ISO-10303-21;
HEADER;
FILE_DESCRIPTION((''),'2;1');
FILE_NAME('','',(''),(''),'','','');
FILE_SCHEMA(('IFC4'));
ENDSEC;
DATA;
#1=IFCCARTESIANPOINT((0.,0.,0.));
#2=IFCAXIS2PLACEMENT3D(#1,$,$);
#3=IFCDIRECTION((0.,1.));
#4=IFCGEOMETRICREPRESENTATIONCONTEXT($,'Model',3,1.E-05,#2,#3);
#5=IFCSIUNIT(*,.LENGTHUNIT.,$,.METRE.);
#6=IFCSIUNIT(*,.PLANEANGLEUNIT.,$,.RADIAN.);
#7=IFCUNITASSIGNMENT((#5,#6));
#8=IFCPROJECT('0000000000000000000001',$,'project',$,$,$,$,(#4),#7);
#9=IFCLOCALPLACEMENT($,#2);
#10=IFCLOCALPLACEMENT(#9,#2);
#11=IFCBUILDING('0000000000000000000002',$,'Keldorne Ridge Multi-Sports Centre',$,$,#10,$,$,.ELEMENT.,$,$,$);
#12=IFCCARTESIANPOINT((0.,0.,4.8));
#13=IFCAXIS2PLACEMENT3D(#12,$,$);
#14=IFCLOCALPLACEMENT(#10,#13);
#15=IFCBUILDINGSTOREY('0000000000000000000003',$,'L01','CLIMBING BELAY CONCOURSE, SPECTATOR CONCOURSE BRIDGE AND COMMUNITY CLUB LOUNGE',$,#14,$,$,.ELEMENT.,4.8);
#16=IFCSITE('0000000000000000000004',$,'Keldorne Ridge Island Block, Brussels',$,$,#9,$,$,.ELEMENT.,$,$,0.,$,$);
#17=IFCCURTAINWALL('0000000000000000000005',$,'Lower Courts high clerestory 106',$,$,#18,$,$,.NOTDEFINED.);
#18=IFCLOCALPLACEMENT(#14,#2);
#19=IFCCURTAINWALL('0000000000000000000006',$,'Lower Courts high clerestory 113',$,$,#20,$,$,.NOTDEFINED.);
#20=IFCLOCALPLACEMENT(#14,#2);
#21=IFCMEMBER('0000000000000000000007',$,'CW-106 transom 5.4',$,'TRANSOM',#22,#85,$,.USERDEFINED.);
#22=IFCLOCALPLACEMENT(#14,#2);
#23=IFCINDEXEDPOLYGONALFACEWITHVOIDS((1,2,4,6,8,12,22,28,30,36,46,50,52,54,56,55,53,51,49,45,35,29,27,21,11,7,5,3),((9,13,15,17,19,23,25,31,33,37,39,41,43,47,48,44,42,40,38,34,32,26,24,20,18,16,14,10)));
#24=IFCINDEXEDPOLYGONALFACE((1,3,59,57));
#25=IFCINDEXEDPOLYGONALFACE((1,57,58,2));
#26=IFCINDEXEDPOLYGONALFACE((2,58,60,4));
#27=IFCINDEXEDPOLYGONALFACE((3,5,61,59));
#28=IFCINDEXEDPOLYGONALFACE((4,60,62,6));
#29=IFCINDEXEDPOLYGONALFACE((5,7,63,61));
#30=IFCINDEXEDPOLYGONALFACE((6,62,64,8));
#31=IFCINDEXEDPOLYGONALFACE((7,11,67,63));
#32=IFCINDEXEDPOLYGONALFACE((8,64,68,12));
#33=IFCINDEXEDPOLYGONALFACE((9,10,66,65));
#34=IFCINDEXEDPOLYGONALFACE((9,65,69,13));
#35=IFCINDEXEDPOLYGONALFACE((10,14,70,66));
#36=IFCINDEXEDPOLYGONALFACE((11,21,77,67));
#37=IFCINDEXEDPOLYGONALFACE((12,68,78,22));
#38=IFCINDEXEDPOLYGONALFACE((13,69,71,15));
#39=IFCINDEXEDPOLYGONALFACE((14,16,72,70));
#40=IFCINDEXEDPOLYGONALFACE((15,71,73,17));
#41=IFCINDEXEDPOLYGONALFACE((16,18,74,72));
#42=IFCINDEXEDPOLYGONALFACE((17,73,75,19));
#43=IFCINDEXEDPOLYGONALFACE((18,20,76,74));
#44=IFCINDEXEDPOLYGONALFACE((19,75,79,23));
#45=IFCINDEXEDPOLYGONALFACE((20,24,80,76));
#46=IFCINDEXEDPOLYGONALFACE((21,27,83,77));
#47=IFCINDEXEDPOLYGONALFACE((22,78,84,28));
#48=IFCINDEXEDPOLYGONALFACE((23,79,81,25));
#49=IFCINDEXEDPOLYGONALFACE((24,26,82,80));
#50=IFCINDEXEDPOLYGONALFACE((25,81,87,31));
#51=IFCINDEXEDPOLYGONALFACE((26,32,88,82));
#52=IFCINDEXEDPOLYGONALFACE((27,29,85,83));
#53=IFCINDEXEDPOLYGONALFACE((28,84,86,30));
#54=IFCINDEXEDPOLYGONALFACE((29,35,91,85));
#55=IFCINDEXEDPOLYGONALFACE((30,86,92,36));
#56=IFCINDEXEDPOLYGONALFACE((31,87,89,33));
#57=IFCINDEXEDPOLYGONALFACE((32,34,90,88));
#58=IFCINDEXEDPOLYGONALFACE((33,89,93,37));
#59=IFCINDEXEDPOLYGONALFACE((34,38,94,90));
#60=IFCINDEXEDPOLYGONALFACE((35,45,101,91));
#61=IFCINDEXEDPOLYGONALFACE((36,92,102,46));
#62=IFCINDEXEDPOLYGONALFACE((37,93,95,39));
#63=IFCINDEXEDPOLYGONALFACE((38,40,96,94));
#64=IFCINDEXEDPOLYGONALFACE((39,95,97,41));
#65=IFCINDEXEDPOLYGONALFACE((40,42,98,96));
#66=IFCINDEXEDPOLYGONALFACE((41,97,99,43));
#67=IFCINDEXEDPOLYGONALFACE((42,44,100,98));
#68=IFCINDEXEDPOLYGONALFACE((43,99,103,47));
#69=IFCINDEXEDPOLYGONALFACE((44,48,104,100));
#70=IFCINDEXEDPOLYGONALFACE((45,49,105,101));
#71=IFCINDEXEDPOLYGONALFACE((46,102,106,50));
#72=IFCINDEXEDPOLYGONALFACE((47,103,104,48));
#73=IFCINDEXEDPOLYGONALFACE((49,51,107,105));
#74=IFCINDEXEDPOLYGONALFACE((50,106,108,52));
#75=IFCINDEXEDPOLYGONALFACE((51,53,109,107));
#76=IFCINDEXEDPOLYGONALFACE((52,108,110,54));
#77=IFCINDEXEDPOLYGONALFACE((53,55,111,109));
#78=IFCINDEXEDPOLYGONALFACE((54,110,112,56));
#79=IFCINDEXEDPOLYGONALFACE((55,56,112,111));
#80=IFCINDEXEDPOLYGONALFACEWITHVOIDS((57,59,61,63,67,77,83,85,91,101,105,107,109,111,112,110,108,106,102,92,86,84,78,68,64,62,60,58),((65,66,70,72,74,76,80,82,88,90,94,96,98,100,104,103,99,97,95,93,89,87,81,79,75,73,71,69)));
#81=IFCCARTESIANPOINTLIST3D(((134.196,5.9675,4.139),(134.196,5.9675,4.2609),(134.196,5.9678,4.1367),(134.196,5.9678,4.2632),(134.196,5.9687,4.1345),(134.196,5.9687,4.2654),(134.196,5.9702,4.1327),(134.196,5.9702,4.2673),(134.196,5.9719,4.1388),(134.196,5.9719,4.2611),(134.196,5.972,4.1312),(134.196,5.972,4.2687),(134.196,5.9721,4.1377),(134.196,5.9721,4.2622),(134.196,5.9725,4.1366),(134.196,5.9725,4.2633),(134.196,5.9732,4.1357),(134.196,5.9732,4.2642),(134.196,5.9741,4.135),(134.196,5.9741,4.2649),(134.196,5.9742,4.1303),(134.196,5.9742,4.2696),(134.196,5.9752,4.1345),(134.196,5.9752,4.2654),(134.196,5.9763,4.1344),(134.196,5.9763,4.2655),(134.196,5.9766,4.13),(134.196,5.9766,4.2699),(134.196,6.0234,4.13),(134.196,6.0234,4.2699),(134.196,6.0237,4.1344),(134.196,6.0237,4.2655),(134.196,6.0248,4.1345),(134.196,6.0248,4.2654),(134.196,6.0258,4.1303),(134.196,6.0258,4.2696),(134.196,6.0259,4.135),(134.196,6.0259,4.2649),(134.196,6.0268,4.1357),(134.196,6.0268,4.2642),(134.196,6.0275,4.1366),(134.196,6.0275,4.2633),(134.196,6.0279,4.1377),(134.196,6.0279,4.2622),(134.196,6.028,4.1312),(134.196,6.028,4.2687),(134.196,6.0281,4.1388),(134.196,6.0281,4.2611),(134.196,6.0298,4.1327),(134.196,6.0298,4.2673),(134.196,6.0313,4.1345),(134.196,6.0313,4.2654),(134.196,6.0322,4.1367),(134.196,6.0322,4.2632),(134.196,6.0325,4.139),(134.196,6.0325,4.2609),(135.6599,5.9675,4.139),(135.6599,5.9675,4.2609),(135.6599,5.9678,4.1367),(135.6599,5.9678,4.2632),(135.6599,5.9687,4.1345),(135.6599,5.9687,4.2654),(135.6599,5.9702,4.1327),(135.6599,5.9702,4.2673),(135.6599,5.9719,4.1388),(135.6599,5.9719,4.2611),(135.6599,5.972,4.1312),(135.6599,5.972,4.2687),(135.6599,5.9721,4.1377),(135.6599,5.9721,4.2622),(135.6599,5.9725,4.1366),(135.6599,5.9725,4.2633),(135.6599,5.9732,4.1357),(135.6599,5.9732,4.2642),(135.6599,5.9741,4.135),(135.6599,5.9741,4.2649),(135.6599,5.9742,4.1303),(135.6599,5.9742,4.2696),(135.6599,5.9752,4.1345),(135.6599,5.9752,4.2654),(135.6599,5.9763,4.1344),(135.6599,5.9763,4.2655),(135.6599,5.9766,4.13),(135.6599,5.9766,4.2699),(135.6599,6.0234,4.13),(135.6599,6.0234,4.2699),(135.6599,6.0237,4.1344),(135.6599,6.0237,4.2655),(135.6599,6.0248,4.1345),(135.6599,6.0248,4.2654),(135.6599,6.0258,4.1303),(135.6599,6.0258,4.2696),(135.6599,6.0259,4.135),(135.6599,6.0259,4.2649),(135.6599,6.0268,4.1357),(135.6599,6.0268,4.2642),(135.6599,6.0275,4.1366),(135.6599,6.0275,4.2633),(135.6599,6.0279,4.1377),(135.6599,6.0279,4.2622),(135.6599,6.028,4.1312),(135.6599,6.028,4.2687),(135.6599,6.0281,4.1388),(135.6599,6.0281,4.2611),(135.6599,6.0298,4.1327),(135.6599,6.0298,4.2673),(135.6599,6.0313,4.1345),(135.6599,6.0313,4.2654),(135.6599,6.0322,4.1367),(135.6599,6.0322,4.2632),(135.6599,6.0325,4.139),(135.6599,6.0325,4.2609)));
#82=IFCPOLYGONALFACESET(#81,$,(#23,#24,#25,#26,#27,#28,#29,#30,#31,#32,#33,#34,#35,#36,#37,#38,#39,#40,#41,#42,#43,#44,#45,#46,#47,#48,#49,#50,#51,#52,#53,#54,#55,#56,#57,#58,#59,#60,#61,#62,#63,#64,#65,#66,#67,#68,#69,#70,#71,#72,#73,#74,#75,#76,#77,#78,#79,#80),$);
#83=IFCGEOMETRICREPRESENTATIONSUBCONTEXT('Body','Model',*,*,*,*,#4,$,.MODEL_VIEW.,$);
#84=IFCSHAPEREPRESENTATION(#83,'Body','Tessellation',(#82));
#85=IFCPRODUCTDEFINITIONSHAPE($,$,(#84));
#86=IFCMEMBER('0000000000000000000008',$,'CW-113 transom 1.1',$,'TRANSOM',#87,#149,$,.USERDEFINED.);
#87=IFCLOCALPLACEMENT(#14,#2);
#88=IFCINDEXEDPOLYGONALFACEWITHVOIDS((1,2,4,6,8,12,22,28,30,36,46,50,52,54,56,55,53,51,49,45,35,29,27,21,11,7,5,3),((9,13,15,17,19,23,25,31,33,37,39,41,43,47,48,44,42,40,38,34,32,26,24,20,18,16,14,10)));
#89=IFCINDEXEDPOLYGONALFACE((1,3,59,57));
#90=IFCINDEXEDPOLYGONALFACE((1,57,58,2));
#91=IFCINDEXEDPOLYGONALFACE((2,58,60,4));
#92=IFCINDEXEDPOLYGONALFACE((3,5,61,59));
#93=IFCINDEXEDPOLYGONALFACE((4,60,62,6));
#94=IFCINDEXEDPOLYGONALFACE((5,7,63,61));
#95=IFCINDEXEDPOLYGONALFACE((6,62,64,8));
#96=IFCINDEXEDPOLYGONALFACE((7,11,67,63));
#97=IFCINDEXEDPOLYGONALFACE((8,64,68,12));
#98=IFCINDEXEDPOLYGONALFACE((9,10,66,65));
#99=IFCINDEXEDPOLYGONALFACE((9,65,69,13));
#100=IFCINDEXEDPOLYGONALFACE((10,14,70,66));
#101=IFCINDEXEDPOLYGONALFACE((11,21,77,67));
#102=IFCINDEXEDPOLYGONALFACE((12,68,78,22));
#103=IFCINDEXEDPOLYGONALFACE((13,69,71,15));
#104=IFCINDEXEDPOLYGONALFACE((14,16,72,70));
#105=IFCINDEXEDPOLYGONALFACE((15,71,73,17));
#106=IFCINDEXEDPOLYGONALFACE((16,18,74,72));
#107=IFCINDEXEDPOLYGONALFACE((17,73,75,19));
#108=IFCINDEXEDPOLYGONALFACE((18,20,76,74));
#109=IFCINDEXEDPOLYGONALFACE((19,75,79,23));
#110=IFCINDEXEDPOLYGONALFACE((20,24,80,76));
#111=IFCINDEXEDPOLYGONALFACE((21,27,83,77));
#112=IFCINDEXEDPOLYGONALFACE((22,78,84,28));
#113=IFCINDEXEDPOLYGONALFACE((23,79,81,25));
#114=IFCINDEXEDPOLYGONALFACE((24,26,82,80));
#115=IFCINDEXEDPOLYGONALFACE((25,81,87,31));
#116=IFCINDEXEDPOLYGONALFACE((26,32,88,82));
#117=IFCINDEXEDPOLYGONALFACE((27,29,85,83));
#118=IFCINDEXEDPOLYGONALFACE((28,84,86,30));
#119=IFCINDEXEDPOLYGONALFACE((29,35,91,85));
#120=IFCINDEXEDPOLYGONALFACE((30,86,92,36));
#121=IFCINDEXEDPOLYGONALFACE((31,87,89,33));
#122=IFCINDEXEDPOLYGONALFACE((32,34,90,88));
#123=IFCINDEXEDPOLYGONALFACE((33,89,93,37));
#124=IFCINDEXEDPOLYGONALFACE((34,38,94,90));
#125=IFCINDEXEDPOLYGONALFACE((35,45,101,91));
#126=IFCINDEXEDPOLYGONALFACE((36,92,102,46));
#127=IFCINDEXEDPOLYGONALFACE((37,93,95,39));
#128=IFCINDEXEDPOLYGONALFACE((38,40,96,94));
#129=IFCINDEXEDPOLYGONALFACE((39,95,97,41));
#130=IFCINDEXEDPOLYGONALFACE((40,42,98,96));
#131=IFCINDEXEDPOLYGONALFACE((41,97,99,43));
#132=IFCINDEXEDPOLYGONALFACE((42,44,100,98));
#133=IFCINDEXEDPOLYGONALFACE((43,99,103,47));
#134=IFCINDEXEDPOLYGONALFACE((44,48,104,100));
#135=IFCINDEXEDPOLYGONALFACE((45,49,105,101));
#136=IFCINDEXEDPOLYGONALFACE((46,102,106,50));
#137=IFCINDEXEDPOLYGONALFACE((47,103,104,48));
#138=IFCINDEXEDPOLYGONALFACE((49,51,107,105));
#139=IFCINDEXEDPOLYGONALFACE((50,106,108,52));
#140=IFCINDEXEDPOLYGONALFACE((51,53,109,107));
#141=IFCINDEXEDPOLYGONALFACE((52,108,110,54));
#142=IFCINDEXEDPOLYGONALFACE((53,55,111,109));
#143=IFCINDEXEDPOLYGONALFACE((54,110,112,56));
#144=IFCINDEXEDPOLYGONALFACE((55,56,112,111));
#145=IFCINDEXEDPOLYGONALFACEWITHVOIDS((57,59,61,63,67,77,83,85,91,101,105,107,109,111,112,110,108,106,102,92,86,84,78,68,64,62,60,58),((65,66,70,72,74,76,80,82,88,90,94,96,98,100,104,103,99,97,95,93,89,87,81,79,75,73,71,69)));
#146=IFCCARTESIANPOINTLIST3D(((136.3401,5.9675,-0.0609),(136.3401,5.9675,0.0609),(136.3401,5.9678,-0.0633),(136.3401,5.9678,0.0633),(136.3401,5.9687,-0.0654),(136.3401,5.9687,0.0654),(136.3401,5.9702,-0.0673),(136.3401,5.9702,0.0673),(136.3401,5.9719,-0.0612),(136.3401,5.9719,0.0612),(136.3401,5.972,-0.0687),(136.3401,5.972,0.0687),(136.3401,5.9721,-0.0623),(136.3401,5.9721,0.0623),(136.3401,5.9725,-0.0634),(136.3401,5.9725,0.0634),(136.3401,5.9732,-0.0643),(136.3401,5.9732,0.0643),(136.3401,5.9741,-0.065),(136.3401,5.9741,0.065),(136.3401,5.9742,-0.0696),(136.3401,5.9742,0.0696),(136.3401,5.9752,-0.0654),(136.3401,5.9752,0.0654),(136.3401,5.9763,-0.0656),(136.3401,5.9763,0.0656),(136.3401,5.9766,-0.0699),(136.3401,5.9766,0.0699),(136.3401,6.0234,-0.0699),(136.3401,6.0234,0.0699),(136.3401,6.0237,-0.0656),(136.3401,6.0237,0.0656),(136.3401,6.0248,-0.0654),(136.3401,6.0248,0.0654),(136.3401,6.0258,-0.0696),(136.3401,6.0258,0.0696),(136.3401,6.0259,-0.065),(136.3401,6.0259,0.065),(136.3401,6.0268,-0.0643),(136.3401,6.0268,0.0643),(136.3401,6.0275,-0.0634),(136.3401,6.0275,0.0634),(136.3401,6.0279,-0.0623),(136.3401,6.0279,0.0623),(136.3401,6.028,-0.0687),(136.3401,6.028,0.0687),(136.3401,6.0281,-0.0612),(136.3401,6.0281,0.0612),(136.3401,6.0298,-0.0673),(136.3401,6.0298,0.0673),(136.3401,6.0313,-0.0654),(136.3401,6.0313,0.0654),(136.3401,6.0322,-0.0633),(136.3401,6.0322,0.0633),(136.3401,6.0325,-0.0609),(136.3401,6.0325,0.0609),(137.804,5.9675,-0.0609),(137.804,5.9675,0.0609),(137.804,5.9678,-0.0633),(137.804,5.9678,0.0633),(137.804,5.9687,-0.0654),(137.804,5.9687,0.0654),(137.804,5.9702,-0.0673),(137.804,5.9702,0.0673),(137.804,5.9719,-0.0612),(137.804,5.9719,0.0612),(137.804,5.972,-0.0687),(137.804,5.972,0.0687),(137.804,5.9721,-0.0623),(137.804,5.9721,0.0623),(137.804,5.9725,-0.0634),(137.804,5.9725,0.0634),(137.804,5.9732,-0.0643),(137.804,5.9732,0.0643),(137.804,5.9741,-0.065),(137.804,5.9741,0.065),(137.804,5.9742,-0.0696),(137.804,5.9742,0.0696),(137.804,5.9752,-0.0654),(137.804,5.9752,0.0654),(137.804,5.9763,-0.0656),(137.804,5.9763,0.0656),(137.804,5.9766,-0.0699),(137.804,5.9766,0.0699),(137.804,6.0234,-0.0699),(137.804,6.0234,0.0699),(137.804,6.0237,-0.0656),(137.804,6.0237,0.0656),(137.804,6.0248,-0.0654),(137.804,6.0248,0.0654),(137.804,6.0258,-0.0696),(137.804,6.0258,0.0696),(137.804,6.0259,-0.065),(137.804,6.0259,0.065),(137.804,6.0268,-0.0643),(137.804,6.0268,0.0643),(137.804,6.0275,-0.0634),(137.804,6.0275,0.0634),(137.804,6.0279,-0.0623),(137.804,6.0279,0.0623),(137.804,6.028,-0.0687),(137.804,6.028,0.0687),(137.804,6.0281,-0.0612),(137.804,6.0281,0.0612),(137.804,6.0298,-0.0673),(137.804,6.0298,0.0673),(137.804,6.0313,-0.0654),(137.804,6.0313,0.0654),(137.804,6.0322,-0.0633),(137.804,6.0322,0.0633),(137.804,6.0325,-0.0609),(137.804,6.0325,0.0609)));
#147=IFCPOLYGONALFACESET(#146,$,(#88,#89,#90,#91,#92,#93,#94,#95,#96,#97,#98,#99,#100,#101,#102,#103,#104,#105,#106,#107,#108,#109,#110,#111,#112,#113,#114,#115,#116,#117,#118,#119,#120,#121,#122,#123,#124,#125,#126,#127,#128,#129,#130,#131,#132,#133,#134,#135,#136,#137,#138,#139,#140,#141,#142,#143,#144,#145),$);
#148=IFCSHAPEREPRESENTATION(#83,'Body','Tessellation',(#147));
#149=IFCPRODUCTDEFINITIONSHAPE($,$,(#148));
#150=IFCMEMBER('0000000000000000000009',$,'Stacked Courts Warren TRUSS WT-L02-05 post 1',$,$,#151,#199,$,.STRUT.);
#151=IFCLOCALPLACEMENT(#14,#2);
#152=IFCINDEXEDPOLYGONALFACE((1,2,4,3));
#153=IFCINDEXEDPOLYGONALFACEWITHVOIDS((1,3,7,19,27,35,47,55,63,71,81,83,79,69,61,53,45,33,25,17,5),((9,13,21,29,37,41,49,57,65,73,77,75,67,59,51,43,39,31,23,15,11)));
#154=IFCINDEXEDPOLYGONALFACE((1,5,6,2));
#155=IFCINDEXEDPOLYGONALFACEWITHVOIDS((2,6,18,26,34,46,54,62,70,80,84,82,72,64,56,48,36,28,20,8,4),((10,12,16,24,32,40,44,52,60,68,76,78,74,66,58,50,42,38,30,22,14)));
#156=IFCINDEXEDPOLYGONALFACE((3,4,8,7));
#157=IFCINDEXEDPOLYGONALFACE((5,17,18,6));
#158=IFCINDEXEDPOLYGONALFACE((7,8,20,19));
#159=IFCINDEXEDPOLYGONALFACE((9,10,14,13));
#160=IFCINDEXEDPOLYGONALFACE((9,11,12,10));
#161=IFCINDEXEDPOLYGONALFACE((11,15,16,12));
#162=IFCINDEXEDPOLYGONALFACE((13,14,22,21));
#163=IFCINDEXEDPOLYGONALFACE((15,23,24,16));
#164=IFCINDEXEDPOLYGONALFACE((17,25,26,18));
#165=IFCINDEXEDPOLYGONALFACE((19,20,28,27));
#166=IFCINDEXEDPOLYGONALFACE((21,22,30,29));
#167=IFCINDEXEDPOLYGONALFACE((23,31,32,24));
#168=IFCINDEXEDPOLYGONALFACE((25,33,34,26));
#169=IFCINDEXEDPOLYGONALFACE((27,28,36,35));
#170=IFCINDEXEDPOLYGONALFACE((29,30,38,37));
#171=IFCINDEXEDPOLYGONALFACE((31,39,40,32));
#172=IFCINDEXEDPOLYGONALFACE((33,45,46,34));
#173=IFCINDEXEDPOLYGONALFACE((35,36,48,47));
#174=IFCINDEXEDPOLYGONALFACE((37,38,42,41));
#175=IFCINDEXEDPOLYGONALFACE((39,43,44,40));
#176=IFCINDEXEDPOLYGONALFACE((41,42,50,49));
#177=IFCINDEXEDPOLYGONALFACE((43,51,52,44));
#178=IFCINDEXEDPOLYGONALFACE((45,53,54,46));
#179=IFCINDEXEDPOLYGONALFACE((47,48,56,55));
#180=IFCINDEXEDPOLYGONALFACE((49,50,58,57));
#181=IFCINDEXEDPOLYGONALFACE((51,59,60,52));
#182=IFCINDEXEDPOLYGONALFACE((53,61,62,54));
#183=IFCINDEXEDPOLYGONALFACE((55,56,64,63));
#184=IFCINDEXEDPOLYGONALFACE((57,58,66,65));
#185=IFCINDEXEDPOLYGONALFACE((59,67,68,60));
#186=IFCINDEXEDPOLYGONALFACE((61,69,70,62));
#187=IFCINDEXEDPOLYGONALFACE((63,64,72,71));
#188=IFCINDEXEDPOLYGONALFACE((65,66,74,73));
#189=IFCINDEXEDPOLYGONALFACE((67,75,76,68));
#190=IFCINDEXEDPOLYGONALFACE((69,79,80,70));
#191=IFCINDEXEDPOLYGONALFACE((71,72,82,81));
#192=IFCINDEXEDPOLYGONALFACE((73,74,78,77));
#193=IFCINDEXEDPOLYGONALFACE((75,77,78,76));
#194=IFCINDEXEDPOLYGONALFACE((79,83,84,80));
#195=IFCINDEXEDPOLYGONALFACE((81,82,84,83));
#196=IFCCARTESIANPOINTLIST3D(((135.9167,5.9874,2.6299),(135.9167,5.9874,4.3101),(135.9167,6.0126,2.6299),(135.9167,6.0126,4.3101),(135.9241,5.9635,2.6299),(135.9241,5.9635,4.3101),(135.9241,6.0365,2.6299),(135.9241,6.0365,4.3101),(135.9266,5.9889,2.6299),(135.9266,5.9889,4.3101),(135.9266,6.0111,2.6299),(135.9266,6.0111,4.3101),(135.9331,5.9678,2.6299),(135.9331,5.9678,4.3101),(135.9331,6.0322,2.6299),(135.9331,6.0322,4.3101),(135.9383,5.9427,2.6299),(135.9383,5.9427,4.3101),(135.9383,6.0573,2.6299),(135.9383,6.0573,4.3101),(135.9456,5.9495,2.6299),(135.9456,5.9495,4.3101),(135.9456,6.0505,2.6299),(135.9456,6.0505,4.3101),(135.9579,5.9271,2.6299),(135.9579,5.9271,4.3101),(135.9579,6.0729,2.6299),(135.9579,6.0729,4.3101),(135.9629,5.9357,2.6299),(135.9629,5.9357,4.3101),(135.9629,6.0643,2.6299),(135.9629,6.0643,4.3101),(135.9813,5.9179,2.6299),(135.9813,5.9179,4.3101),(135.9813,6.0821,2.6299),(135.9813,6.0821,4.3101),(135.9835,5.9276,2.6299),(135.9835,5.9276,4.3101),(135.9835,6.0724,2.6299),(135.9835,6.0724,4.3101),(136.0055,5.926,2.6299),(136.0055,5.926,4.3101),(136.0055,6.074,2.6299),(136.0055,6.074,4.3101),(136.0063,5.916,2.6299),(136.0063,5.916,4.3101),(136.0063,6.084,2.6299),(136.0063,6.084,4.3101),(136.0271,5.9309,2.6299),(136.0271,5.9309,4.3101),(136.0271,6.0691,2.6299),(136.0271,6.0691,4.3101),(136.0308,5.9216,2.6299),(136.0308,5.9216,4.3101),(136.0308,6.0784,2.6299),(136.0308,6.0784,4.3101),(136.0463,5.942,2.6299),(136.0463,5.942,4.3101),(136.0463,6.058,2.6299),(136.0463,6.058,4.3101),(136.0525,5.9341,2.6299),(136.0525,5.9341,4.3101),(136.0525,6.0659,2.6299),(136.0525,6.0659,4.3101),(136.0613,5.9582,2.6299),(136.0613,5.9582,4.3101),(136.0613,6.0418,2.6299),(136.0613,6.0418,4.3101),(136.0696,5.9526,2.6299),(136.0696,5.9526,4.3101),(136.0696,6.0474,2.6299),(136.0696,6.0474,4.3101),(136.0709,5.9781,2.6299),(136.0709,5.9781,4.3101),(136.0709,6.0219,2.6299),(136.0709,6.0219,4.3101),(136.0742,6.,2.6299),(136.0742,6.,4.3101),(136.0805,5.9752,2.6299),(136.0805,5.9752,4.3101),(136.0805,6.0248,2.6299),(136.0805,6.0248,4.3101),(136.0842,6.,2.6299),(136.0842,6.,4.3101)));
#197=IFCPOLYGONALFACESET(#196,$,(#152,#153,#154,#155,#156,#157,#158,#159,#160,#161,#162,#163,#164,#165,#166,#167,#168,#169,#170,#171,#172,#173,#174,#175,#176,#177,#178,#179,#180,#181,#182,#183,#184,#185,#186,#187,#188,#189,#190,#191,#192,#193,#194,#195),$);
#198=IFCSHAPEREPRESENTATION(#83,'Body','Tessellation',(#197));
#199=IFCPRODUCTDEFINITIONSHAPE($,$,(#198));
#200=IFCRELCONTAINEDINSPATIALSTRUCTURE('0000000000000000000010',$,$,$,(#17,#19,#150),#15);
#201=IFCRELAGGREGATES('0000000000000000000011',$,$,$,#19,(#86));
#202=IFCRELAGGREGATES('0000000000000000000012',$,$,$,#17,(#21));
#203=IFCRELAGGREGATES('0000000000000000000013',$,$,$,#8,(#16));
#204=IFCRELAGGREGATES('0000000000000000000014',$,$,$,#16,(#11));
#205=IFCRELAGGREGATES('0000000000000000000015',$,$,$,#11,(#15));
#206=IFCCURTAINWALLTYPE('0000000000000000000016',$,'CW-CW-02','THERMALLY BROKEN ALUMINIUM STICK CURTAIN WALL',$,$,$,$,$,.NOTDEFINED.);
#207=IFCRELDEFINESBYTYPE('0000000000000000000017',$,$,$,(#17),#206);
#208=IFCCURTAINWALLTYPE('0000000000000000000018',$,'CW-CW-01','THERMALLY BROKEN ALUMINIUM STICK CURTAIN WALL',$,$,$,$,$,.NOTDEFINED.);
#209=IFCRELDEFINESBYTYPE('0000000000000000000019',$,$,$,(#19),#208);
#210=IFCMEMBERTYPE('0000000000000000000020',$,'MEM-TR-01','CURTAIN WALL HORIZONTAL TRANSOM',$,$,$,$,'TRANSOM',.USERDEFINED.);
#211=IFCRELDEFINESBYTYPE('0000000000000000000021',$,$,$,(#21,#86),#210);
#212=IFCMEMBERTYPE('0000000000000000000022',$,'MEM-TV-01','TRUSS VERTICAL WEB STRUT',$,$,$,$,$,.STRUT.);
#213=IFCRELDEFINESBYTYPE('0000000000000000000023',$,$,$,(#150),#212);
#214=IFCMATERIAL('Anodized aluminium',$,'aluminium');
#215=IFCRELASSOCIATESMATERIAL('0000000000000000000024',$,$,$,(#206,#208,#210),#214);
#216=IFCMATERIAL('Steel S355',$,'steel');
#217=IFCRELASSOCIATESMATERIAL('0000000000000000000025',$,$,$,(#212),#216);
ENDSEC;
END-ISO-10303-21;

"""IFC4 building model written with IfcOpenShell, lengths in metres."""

from ifc_helpers import new_model, si_unit, direction, frame, origin, origin_2d, place, context, subcontext, project, spatial, hollow_rectangle, hollow_circle, extrude, material, material_profile, profile_set, type_object, element, aggregate, save


model = new_model("IFC4")

# Units and contexts
model_context = context("Model", 3, precision=1e-05, world=origin(), true_north=direction((0.0, 1.0)))
body_context = subcontext(model_context, "Body", "Model", "MODEL_VIEW")
ifc_project = project(units=[si_unit("LENGTHUNIT", "METRE"), si_unit("PLANEANGLEUNIT", "RADIAN")], contexts=[model_context])

# Site, building, storey
site_placement = place(None, origin())
site = spatial("IfcSite", under=ifc_project, at=site_placement, Name="Keldorne Ridge Island Block, Brussels", CompositionType="ELEMENT", RefElevation=0.0)
building_placement = place(site_placement, origin())
building = spatial("IfcBuilding", under=site, at=building_placement, Name="Keldorne Ridge Multi-Sports Centre", CompositionType="ELEMENT")
storey_placement = place(building_placement, frame((0.0, 0.0, 4.8)))
storey = spatial("IfcBuildingStorey", under=building, at=storey_placement, Name="L01", Description="CLIMBING BELAY CONCOURSE, SPECTATOR CONCOURSE BRIDGE AND COMMUNITY CLUB LOUNGE", CompositionType="ELEMENT", Elevation=4.8)

# Shared definitions
ifc_material_1 = material(Name="Steel S355", Category="steel")

# Curtain wall
ifc_material_2 = material(Name="Anodized aluminium", Category="aluminium")
curtain_wall_type_1 = type_object("IfcCurtainWallType", Name="CW-CW-02", Description="THERMALLY BROKEN ALUMINIUM STICK CURTAIN WALL", PredefinedType="NOTDEFINED", material=ifc_material_2)
curtain_wall_1_placement = place(storey_placement, origin())
curtain_wall_1 = element("IfcCurtainWall", 1, at=curtain_wall_1_placement, inside=storey, type_object=curtain_wall_type_1, Name="Lower Courts high clerestory 106", PredefinedType="NOTDEFINED")

# Curtain wall
curtain_wall_type_2 = type_object("IfcCurtainWallType", Name="CW-CW-01", Description="THERMALLY BROKEN ALUMINIUM STICK CURTAIN WALL", PredefinedType="NOTDEFINED", material=ifc_material_2)
curtain_wall_2_placement = place(storey_placement, origin())
curtain_wall_2 = element("IfcCurtainWall", 2, at=curtain_wall_2_placement, inside=storey, type_object=curtain_wall_type_2, Name="Lower Courts high clerestory 113", PredefinedType="NOTDEFINED")

# Members
ifc_material_profile_1 = material_profile(ifc_material_2, hollow_rectangle(XDim=0.0649, YDim=0.1399, WallThickness=0.0044, InnerFilletRadius=0.0044, OuterFilletRadius=0.009, at=origin_2d()), Name="ALU TRANSOM 140x65x4.5")
ifc_profile_set_1 = profile_set([ifc_material_profile_1], Name="Anodized aluminium")
member_type_1 = type_object("IfcMemberType", Name="MEM-TR-01", Description="CURTAIN WALL HORIZONTAL TRANSOM", ElementType="TRANSOM", PredefinedType="USERDEFINED", material=ifc_profile_set_1)
member_1_placement = place(storey_placement, frame((134.196, 6.0, 4.2), z_axis=(1.0, 0.0, 0.0), x_axis=(0.0, 1.0, 0.0)))
member_1 = element("IfcMember", 3, at=member_1_placement, type_object=member_type_1, Name="CW-106 transom 5.4", ObjectType="TRANSOM", PredefinedType="USERDEFINED", context=body_context, shape_type="SweptSolid", body=[
    extrude(hollow_rectangle(XDim=0.0649, YDim=0.1399, WallThickness=0.0044, InnerFilletRadius=0.0044, OuterFilletRadius=0.009, at=origin_2d()), origin(), (0.0, 0.0, 1.0), 1.4639),
])
member_2_placement = place(storey_placement, frame((136.3401, 6.0, 0.0), z_axis=(1.0, 0.0, 0.0), x_axis=(0.0, 1.0, 0.0)))
member_2 = element("IfcMember", 4, at=member_2_placement, type_object=member_type_1, Name="CW-113 transom 1.1", ObjectType="TRANSOM", PredefinedType="USERDEFINED", context=body_context, shape_type="SweptSolid", body=[
    extrude(hollow_rectangle(XDim=0.0649, YDim=0.1399, WallThickness=0.0044, InnerFilletRadius=0.0044, OuterFilletRadius=0.009, at=origin_2d()), origin(), (0.0, 0.0, 1.0), 1.4639),
])
aggregate(curtain_wall_2, [member_2])

# Member
ifc_material_profile_2 = material_profile(ifc_material_1, hollow_circle(Radius=0.0842, WallThickness=0.01, at=origin_2d()), Name="CHS 168.3x10")
ifc_profile_set_2 = profile_set([ifc_material_profile_2], Name="Steel S355")
member_type_2 = type_object("IfcMemberType", Name="MEM-TV-01", Description="TRUSS VERTICAL WEB STRUT", PredefinedType="STRUT", material=ifc_profile_set_2)
for number, where, z_axis, x_axis, name in (
    (5, (136.0, 6.0, 2.6299), (0.0, 0.0, 1.0), (1.0, 0.0, 0.0), "Stacked Courts Warren TRUSS WT-L02-05 post 1"),
):
    element("IfcMember", number, at=place(storey_placement, frame(where, z_axis=z_axis, x_axis=x_axis)), inside=storey, type_object=member_type_2, Name=name, PredefinedType="STRUT", context=body_context, shape_type="SweptSolid", body=[
        extrude(hollow_circle(Radius=0.0842, WallThickness=0.01, at=origin_2d()), origin(), (0.0, 0.0, 1.0), 1.6802),
    ])

aggregate(curtain_wall_1, [member_1])

save(model, "model.ifc")
